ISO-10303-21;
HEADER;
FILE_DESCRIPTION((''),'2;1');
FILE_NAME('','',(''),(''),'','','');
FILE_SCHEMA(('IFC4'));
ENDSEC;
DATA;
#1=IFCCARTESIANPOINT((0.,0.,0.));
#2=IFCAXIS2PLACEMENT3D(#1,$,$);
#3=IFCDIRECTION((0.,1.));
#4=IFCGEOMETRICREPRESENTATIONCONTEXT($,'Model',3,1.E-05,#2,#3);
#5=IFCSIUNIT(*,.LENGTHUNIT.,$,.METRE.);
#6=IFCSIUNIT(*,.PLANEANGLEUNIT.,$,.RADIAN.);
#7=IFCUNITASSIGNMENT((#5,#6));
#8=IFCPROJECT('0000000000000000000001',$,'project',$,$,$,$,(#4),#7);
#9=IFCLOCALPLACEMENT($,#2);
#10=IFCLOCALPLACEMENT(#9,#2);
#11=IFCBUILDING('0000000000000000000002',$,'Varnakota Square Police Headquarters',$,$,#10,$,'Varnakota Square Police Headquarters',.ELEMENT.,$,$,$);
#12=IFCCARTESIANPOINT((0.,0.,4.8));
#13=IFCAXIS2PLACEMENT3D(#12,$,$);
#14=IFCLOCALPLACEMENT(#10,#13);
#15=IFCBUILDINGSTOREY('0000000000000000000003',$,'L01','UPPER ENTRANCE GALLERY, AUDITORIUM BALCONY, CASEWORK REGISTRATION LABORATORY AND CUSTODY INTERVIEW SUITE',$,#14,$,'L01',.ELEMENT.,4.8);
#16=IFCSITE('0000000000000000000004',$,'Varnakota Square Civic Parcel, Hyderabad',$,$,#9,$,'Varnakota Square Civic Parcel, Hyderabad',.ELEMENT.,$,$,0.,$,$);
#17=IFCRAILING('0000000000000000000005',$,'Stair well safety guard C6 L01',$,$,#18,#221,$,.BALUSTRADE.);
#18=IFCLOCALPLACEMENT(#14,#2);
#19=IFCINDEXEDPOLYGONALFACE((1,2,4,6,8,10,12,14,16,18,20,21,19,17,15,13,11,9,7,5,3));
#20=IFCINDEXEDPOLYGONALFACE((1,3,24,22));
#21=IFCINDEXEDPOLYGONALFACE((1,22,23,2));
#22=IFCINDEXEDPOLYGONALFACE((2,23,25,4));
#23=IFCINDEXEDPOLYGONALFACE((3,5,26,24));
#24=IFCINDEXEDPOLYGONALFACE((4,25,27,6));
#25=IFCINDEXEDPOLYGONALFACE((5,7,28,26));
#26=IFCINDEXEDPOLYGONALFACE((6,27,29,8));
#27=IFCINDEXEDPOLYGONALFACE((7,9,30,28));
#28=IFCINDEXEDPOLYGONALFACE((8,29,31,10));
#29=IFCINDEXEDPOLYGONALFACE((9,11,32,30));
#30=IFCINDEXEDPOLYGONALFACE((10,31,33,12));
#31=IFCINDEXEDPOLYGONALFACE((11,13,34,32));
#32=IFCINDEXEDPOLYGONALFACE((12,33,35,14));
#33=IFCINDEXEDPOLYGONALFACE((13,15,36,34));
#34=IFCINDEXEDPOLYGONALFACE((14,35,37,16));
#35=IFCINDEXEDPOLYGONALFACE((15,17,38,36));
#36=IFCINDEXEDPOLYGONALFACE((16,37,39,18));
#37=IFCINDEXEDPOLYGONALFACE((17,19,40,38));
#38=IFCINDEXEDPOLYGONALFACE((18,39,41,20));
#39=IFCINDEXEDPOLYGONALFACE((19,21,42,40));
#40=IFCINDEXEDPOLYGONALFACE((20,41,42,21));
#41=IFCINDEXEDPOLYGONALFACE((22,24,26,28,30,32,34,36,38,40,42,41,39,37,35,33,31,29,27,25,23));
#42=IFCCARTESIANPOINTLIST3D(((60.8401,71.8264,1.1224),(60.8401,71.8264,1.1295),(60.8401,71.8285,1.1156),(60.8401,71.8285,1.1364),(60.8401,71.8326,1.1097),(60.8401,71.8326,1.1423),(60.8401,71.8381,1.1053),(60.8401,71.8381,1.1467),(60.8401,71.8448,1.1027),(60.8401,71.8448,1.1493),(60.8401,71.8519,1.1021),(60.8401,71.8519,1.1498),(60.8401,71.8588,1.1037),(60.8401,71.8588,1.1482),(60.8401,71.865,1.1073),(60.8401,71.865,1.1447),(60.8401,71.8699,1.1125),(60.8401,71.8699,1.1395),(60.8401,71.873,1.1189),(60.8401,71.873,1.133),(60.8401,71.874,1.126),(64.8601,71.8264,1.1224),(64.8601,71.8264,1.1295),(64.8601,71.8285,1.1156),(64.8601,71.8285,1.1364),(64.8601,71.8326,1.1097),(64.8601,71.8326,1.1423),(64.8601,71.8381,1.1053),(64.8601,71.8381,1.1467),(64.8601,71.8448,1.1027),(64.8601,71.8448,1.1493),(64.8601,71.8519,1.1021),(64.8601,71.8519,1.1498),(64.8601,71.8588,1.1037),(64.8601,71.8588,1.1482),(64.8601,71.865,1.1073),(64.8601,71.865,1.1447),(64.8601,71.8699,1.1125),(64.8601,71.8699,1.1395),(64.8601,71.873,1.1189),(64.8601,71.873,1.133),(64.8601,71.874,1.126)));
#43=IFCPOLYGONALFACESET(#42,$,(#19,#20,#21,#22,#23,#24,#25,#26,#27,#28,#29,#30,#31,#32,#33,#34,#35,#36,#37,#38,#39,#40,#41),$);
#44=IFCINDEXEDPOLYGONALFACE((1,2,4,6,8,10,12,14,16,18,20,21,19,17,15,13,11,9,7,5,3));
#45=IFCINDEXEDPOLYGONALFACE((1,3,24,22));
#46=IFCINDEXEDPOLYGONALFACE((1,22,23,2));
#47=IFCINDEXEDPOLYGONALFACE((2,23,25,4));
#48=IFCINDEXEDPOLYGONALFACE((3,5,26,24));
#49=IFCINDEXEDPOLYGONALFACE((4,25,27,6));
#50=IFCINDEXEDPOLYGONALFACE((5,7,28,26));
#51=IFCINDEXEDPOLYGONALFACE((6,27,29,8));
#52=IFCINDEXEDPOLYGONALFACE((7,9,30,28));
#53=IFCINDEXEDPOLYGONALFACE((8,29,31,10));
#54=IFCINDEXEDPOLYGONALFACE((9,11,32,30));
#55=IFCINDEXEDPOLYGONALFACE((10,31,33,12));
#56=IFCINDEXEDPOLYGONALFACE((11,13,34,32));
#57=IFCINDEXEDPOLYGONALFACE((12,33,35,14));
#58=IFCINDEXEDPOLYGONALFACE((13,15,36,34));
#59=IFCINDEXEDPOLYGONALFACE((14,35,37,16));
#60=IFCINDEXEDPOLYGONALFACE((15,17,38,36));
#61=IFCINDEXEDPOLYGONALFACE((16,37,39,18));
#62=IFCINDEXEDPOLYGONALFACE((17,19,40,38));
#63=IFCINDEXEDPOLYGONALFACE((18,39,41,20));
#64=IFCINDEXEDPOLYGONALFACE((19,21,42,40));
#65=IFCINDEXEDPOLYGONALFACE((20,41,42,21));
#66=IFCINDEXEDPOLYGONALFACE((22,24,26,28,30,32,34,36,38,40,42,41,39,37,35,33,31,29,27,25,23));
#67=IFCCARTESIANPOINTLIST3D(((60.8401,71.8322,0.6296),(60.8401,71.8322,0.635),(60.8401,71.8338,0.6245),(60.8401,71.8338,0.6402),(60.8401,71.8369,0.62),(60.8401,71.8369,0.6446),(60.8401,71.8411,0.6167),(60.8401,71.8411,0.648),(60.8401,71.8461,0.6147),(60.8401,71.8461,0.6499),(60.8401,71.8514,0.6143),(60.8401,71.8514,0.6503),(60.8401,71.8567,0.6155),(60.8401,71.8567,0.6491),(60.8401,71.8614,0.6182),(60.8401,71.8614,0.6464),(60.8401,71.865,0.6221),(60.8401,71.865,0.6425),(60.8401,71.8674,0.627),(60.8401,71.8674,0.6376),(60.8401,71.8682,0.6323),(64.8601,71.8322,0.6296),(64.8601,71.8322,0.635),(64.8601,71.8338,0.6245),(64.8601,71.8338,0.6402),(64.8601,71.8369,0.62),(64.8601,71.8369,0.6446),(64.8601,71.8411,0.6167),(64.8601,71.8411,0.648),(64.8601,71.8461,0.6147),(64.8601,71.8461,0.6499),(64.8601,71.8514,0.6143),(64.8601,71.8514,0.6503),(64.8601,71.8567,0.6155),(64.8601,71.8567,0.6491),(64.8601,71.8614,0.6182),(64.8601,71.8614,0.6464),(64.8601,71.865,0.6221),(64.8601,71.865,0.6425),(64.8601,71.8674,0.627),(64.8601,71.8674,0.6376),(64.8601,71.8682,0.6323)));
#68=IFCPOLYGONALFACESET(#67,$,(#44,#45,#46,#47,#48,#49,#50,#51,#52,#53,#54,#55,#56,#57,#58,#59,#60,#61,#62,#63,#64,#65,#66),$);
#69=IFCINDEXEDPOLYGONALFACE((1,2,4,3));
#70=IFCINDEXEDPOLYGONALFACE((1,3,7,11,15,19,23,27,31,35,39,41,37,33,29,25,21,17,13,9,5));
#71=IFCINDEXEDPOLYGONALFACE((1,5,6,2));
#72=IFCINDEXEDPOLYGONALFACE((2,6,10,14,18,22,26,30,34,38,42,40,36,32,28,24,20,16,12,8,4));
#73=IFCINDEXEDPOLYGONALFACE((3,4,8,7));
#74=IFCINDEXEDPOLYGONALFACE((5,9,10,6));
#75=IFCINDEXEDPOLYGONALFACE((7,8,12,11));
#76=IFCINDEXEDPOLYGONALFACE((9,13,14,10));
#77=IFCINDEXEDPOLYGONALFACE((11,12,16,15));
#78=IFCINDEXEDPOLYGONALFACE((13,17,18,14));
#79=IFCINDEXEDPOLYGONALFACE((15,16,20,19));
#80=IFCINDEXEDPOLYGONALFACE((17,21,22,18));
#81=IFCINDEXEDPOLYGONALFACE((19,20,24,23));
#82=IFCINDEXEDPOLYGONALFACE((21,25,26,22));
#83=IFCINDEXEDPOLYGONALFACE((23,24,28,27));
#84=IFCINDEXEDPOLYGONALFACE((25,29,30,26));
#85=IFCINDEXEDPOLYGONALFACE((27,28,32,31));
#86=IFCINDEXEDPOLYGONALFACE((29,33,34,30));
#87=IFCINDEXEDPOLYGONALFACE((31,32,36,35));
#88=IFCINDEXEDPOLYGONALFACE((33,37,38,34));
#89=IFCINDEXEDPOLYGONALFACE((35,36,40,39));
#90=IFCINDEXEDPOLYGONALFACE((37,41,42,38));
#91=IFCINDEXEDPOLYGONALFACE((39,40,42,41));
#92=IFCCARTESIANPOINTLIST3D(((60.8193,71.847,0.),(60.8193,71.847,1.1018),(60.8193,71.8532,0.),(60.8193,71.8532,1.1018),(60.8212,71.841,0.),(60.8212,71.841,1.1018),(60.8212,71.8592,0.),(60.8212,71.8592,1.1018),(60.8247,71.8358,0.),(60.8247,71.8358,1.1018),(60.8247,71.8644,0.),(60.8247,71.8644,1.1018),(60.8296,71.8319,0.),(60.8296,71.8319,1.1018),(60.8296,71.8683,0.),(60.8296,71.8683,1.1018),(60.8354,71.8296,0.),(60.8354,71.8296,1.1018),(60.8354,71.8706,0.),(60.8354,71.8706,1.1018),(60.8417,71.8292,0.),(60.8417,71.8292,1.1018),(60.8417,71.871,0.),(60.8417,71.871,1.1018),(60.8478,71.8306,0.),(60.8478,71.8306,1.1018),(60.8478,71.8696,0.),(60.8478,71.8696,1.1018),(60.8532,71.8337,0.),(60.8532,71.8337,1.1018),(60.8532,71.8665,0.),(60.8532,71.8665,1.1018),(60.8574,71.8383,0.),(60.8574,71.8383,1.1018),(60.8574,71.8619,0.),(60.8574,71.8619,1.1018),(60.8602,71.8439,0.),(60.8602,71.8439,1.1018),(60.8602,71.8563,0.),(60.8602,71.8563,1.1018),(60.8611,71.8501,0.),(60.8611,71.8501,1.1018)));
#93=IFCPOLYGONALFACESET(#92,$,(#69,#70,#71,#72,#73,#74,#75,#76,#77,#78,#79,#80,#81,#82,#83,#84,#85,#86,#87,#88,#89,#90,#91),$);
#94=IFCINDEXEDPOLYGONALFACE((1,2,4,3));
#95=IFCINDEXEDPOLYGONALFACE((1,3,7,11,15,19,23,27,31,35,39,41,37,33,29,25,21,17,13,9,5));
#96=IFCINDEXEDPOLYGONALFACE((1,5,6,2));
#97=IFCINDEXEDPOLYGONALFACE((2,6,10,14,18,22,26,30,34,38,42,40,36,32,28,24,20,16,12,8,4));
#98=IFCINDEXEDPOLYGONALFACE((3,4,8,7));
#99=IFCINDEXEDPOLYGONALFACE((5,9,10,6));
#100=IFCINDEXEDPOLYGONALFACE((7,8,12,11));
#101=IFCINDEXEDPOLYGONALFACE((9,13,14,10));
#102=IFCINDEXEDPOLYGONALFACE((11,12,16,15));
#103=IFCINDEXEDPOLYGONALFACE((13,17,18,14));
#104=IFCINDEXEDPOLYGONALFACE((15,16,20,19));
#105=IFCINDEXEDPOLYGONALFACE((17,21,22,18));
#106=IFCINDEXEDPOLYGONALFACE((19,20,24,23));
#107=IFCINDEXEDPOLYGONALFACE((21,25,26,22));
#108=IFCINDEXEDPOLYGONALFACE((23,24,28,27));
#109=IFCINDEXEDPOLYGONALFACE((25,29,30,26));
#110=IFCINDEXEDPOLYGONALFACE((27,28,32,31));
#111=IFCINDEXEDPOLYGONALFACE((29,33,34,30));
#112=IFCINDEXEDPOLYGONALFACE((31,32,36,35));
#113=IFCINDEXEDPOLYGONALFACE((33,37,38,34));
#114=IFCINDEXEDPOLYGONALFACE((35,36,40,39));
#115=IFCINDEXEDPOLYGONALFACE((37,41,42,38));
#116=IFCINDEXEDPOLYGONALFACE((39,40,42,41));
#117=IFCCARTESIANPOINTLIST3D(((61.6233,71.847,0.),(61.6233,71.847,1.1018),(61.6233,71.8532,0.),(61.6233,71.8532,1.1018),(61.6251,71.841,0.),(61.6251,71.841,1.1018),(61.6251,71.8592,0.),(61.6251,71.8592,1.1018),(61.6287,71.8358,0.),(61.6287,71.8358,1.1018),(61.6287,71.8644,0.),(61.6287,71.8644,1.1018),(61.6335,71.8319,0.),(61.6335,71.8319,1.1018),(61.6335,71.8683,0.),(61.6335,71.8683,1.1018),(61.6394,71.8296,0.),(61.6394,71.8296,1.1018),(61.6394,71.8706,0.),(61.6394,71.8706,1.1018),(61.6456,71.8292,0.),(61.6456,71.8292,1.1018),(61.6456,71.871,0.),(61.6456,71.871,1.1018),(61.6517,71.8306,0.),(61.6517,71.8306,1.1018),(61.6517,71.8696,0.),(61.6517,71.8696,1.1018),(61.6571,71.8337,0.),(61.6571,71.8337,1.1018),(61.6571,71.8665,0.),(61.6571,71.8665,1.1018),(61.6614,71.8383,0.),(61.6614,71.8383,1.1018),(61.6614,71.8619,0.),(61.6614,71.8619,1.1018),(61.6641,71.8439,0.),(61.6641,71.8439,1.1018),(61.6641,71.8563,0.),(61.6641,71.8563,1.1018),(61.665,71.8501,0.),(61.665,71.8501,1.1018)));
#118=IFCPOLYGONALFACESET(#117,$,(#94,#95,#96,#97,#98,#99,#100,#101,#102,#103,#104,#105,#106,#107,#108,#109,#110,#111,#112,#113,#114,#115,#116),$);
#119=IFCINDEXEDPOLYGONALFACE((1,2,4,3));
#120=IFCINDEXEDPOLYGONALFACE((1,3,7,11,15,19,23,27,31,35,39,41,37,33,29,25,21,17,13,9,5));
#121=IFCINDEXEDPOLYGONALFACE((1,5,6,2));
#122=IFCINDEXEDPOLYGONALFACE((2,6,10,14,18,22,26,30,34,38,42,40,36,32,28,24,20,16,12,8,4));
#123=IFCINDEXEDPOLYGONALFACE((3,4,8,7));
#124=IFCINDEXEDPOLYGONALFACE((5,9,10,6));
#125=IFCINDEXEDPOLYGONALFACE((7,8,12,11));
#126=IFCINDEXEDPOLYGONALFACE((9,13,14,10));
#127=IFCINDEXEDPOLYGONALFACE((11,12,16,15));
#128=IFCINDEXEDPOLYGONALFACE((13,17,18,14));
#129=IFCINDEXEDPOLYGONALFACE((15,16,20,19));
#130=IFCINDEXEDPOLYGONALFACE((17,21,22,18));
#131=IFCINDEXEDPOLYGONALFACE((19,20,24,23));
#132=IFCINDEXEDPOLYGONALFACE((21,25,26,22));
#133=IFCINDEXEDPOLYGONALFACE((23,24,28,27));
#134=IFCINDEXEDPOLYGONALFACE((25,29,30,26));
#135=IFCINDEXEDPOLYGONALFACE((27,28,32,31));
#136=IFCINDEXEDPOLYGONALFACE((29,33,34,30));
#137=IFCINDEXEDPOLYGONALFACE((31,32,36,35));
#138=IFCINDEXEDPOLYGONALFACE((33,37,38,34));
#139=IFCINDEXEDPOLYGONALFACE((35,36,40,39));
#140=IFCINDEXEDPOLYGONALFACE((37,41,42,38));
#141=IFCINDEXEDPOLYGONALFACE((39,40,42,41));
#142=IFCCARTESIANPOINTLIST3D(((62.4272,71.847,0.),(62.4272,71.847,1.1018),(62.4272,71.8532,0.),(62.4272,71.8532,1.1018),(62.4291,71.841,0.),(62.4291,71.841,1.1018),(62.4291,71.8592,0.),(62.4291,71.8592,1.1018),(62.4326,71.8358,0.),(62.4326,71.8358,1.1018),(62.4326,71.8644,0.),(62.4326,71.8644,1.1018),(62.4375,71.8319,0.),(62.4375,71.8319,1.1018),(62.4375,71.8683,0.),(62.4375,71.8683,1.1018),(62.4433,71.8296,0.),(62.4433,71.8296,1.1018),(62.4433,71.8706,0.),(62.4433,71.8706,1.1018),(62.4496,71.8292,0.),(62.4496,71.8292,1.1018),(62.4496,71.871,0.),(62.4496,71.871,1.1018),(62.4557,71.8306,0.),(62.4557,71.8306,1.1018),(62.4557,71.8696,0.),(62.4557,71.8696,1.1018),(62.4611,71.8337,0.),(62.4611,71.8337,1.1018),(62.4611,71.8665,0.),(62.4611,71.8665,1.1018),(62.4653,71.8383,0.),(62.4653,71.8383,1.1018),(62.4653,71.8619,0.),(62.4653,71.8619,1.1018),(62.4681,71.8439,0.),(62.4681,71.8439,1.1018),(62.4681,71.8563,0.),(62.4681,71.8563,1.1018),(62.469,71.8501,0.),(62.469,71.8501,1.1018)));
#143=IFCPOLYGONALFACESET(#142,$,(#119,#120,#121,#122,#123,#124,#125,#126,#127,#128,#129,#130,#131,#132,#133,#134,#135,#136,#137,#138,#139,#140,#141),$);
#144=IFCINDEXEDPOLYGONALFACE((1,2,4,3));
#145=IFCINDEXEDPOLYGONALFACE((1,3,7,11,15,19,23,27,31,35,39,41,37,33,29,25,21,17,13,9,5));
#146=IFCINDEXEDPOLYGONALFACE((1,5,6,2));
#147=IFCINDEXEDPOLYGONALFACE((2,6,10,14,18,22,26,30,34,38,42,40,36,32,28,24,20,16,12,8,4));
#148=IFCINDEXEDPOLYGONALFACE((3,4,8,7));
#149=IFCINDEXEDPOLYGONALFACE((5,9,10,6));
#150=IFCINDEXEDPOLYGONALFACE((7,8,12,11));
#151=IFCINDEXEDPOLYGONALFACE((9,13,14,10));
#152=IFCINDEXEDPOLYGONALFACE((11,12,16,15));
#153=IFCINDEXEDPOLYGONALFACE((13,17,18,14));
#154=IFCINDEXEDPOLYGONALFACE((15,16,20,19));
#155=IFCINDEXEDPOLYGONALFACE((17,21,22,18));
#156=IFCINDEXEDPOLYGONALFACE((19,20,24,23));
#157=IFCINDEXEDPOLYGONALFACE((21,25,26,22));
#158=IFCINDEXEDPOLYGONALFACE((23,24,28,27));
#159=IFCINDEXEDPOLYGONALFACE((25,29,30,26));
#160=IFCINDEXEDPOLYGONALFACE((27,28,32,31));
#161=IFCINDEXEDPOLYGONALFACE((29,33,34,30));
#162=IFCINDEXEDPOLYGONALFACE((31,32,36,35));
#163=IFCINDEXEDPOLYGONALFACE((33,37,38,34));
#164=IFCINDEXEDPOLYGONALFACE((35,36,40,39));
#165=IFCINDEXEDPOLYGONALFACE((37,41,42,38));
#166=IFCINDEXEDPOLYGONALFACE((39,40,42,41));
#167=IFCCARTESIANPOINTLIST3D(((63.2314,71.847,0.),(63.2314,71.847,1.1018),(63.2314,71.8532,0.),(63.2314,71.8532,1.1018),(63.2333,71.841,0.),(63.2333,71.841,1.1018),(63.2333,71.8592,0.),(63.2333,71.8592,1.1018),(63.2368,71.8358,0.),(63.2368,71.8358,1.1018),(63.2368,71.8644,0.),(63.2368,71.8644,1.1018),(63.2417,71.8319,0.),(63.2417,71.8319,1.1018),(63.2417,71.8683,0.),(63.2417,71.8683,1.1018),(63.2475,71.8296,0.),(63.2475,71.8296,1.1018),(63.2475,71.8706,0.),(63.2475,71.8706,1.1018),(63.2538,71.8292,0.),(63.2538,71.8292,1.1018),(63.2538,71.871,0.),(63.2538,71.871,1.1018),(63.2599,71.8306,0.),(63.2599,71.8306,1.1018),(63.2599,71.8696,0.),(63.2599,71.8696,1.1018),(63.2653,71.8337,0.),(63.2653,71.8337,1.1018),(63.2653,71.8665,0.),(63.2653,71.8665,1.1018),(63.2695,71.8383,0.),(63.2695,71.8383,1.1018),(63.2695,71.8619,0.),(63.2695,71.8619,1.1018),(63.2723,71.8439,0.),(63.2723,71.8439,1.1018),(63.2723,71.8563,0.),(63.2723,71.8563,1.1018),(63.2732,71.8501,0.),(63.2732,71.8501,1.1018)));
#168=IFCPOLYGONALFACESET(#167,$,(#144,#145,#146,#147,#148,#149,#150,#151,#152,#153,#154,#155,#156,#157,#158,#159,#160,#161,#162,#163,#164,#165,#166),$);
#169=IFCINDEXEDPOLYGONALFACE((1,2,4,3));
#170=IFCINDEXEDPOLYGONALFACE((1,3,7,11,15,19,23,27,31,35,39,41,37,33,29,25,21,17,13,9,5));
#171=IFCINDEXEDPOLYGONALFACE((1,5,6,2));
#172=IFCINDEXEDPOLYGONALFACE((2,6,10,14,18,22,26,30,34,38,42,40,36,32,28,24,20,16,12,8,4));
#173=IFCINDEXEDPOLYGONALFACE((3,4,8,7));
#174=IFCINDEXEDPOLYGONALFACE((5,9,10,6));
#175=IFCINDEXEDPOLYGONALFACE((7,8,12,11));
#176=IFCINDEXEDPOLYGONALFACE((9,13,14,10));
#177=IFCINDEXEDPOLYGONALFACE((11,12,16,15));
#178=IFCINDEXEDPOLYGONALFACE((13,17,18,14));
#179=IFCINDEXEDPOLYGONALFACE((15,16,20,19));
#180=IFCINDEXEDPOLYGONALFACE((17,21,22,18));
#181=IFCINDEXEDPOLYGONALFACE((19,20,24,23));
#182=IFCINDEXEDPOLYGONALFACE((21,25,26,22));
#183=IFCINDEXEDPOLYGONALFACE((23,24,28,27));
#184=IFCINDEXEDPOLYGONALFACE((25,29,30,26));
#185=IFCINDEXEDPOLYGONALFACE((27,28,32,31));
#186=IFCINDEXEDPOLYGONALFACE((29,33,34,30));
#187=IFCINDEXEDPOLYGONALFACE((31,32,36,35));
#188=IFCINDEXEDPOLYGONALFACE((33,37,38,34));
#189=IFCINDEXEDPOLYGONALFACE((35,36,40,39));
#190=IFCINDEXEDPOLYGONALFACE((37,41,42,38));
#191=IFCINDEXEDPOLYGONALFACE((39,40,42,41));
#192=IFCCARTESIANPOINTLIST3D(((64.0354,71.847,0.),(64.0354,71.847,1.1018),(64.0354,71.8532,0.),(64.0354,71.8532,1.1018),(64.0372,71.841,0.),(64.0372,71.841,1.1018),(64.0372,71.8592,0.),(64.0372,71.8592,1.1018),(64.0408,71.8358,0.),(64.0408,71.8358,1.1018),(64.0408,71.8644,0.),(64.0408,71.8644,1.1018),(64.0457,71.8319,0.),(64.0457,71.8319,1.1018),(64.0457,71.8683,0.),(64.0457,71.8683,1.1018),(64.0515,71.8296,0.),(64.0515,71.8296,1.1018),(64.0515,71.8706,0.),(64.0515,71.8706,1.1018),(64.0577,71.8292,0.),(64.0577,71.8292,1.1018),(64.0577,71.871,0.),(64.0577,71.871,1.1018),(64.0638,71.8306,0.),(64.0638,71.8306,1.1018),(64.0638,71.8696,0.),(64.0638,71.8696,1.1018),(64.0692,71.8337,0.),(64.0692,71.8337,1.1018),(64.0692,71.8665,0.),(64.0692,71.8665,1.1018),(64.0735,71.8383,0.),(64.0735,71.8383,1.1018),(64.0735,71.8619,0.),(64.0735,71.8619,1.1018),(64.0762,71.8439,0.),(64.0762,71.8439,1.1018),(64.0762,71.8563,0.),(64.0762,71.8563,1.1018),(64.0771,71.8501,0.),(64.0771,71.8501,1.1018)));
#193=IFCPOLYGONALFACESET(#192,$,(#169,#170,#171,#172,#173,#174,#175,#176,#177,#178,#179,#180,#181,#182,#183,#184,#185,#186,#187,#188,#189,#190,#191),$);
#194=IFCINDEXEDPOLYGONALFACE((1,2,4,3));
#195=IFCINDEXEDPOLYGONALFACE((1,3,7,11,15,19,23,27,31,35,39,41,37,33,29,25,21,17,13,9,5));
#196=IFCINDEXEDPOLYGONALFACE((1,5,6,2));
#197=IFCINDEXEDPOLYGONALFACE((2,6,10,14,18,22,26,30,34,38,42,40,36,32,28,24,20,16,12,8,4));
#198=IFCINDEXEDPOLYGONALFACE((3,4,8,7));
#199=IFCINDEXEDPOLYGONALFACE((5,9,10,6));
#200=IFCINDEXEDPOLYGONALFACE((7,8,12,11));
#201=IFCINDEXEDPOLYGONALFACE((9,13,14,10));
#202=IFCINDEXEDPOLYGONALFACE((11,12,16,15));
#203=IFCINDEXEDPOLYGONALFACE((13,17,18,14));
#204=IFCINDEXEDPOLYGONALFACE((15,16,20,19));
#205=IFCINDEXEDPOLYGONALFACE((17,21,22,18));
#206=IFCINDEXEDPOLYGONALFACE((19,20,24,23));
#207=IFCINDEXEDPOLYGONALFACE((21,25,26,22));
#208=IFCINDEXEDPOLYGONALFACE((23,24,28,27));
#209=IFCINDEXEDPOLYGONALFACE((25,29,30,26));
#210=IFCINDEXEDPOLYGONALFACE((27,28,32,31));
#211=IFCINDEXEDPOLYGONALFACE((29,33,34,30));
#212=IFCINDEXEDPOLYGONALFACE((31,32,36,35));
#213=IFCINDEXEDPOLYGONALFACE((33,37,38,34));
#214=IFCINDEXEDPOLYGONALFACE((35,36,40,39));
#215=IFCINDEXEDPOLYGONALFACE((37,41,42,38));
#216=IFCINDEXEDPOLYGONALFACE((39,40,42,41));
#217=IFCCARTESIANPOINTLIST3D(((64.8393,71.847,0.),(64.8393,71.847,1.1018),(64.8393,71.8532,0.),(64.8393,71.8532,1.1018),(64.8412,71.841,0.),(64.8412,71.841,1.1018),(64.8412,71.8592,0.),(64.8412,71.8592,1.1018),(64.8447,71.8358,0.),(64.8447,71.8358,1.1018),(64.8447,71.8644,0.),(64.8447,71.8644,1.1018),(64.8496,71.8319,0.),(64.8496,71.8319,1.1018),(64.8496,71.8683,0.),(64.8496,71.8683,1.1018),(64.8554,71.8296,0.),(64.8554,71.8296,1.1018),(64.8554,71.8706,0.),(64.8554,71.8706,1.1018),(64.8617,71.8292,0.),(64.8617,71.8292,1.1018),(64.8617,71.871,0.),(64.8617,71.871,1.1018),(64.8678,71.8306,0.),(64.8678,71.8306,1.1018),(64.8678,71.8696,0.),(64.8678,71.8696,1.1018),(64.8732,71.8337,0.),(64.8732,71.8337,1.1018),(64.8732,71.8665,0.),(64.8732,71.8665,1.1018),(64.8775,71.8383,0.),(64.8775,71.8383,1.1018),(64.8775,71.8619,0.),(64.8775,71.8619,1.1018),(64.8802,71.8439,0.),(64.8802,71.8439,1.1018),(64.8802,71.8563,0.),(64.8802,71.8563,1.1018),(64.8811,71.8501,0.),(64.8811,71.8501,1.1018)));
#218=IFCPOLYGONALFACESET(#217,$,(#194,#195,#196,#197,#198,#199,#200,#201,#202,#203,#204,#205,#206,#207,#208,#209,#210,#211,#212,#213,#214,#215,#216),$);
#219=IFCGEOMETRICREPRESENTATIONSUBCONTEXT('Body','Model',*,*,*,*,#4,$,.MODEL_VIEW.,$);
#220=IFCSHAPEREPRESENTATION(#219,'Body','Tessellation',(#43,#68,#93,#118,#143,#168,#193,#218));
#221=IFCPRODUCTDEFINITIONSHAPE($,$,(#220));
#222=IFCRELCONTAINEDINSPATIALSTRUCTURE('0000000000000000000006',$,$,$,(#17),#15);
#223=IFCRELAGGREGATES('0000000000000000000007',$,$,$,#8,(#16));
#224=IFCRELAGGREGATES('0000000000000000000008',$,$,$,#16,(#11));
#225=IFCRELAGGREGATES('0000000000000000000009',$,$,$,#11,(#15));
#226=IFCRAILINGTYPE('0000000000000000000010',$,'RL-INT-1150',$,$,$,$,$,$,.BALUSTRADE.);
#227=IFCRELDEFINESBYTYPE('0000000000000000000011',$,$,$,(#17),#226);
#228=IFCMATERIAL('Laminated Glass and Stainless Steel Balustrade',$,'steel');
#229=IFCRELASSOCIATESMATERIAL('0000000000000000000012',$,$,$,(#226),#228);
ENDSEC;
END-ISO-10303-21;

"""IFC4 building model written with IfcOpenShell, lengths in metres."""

from ifc_helpers import new_model, si_unit, direction, frame, origin, origin_2d, place, context, subcontext, project, spatial, circle, extrude, material, type_object, element, save


model = new_model("IFC4")

# Units and contexts
model_context = context("Model", 3, precision=1e-05, world=origin(), true_north=direction((0.0, 1.0)))
body_context = subcontext(model_context, "Body", "Model", "MODEL_VIEW")
ifc_project = project(units=[si_unit("LENGTHUNIT", "METRE"), si_unit("PLANEANGLEUNIT", "RADIAN")], contexts=[model_context])

# Site, building, storey
site_placement = place(None, origin())
site = spatial("IfcSite", under=ifc_project, at=site_placement, Name="Varnakota Square Civic Parcel, Hyderabad", LongName="Varnakota Square Civic Parcel, Hyderabad", CompositionType="ELEMENT", RefElevation=0.0)
building_placement = place(site_placement, origin())
building = spatial("IfcBuilding", under=site, at=building_placement, Name="Varnakota Square Police Headquarters", LongName="Varnakota Square Police Headquarters", CompositionType="ELEMENT")
storey_placement = place(building_placement, frame((0.0, 0.0, 4.8)))
storey = spatial("IfcBuildingStorey", under=building, at=storey_placement, Name="L01", Description="UPPER ENTRANCE GALLERY, AUDITORIUM BALCONY, CASEWORK REGISTRATION LABORATORY AND CUSTODY INTERVIEW SUITE", LongName="L01", CompositionType="ELEMENT", Elevation=4.8)

# Railing
ifc_material_1 = material(Name="Laminated Glass and Stainless Steel Balustrade", Category="steel")
railing_type_1 = type_object("IfcRailingType", Name="RL-INT-1150", PredefinedType="BALUSTRADE", material=ifc_material_1)
railing_1_placement = place(storey_placement, frame((60.8401, 71.8501, 0.0)))
element("IfcRailing", 1, at=railing_1_placement, inside=storey, type_object=railing_type_1, Name="Stair well safety guard C6 L01", PredefinedType="BALUSTRADE", context=body_context, shape_type="SweptSolid", body=[
    extrude(circle(Radius=0.0239, at=origin_2d()), frame((0.0, 0.0, 1.126), z_axis=(1.0, 0.0, 0.0), x_axis=(0.0, 1.0, 0.0)), (0.0, 0.0, 1.0), 4.02),
    extrude(circle(Radius=0.0181, at=origin_2d()), frame((0.0, 0.0, 0.6323), z_axis=(1.0, 0.0, 0.0), x_axis=(0.0, 1.0, 0.0)), (0.0, 0.0, 1.0), 4.02),
    extrude(circle(Radius=0.021, at=origin_2d()), origin(), (0.0, 0.0, 1.0), 1.1018),
    extrude(circle(Radius=0.021, at=origin_2d()), frame((0.804, 0.0, 0.0)), (0.0, 0.0, 1.0), 1.1018),
    extrude(circle(Radius=0.021, at=origin_2d()), frame((1.6079, 0.0, 0.0)), (0.0, 0.0, 1.0), 1.1018),
    extrude(circle(Radius=0.021, at=origin_2d()), frame((2.4121, 0.0, 0.0)), (0.0, 0.0, 1.0), 1.1018),
    extrude(circle(Radius=0.021, at=origin_2d()), frame((3.2161, 0.0, 0.0)), (0.0, 0.0, 1.0), 1.1018),
    extrude(circle(Radius=0.021, at=origin_2d()), frame((4.02, 0.0, 0.0)), (0.0, 0.0, 1.0), 1.1018),
])

save(model, "model.ifc")
